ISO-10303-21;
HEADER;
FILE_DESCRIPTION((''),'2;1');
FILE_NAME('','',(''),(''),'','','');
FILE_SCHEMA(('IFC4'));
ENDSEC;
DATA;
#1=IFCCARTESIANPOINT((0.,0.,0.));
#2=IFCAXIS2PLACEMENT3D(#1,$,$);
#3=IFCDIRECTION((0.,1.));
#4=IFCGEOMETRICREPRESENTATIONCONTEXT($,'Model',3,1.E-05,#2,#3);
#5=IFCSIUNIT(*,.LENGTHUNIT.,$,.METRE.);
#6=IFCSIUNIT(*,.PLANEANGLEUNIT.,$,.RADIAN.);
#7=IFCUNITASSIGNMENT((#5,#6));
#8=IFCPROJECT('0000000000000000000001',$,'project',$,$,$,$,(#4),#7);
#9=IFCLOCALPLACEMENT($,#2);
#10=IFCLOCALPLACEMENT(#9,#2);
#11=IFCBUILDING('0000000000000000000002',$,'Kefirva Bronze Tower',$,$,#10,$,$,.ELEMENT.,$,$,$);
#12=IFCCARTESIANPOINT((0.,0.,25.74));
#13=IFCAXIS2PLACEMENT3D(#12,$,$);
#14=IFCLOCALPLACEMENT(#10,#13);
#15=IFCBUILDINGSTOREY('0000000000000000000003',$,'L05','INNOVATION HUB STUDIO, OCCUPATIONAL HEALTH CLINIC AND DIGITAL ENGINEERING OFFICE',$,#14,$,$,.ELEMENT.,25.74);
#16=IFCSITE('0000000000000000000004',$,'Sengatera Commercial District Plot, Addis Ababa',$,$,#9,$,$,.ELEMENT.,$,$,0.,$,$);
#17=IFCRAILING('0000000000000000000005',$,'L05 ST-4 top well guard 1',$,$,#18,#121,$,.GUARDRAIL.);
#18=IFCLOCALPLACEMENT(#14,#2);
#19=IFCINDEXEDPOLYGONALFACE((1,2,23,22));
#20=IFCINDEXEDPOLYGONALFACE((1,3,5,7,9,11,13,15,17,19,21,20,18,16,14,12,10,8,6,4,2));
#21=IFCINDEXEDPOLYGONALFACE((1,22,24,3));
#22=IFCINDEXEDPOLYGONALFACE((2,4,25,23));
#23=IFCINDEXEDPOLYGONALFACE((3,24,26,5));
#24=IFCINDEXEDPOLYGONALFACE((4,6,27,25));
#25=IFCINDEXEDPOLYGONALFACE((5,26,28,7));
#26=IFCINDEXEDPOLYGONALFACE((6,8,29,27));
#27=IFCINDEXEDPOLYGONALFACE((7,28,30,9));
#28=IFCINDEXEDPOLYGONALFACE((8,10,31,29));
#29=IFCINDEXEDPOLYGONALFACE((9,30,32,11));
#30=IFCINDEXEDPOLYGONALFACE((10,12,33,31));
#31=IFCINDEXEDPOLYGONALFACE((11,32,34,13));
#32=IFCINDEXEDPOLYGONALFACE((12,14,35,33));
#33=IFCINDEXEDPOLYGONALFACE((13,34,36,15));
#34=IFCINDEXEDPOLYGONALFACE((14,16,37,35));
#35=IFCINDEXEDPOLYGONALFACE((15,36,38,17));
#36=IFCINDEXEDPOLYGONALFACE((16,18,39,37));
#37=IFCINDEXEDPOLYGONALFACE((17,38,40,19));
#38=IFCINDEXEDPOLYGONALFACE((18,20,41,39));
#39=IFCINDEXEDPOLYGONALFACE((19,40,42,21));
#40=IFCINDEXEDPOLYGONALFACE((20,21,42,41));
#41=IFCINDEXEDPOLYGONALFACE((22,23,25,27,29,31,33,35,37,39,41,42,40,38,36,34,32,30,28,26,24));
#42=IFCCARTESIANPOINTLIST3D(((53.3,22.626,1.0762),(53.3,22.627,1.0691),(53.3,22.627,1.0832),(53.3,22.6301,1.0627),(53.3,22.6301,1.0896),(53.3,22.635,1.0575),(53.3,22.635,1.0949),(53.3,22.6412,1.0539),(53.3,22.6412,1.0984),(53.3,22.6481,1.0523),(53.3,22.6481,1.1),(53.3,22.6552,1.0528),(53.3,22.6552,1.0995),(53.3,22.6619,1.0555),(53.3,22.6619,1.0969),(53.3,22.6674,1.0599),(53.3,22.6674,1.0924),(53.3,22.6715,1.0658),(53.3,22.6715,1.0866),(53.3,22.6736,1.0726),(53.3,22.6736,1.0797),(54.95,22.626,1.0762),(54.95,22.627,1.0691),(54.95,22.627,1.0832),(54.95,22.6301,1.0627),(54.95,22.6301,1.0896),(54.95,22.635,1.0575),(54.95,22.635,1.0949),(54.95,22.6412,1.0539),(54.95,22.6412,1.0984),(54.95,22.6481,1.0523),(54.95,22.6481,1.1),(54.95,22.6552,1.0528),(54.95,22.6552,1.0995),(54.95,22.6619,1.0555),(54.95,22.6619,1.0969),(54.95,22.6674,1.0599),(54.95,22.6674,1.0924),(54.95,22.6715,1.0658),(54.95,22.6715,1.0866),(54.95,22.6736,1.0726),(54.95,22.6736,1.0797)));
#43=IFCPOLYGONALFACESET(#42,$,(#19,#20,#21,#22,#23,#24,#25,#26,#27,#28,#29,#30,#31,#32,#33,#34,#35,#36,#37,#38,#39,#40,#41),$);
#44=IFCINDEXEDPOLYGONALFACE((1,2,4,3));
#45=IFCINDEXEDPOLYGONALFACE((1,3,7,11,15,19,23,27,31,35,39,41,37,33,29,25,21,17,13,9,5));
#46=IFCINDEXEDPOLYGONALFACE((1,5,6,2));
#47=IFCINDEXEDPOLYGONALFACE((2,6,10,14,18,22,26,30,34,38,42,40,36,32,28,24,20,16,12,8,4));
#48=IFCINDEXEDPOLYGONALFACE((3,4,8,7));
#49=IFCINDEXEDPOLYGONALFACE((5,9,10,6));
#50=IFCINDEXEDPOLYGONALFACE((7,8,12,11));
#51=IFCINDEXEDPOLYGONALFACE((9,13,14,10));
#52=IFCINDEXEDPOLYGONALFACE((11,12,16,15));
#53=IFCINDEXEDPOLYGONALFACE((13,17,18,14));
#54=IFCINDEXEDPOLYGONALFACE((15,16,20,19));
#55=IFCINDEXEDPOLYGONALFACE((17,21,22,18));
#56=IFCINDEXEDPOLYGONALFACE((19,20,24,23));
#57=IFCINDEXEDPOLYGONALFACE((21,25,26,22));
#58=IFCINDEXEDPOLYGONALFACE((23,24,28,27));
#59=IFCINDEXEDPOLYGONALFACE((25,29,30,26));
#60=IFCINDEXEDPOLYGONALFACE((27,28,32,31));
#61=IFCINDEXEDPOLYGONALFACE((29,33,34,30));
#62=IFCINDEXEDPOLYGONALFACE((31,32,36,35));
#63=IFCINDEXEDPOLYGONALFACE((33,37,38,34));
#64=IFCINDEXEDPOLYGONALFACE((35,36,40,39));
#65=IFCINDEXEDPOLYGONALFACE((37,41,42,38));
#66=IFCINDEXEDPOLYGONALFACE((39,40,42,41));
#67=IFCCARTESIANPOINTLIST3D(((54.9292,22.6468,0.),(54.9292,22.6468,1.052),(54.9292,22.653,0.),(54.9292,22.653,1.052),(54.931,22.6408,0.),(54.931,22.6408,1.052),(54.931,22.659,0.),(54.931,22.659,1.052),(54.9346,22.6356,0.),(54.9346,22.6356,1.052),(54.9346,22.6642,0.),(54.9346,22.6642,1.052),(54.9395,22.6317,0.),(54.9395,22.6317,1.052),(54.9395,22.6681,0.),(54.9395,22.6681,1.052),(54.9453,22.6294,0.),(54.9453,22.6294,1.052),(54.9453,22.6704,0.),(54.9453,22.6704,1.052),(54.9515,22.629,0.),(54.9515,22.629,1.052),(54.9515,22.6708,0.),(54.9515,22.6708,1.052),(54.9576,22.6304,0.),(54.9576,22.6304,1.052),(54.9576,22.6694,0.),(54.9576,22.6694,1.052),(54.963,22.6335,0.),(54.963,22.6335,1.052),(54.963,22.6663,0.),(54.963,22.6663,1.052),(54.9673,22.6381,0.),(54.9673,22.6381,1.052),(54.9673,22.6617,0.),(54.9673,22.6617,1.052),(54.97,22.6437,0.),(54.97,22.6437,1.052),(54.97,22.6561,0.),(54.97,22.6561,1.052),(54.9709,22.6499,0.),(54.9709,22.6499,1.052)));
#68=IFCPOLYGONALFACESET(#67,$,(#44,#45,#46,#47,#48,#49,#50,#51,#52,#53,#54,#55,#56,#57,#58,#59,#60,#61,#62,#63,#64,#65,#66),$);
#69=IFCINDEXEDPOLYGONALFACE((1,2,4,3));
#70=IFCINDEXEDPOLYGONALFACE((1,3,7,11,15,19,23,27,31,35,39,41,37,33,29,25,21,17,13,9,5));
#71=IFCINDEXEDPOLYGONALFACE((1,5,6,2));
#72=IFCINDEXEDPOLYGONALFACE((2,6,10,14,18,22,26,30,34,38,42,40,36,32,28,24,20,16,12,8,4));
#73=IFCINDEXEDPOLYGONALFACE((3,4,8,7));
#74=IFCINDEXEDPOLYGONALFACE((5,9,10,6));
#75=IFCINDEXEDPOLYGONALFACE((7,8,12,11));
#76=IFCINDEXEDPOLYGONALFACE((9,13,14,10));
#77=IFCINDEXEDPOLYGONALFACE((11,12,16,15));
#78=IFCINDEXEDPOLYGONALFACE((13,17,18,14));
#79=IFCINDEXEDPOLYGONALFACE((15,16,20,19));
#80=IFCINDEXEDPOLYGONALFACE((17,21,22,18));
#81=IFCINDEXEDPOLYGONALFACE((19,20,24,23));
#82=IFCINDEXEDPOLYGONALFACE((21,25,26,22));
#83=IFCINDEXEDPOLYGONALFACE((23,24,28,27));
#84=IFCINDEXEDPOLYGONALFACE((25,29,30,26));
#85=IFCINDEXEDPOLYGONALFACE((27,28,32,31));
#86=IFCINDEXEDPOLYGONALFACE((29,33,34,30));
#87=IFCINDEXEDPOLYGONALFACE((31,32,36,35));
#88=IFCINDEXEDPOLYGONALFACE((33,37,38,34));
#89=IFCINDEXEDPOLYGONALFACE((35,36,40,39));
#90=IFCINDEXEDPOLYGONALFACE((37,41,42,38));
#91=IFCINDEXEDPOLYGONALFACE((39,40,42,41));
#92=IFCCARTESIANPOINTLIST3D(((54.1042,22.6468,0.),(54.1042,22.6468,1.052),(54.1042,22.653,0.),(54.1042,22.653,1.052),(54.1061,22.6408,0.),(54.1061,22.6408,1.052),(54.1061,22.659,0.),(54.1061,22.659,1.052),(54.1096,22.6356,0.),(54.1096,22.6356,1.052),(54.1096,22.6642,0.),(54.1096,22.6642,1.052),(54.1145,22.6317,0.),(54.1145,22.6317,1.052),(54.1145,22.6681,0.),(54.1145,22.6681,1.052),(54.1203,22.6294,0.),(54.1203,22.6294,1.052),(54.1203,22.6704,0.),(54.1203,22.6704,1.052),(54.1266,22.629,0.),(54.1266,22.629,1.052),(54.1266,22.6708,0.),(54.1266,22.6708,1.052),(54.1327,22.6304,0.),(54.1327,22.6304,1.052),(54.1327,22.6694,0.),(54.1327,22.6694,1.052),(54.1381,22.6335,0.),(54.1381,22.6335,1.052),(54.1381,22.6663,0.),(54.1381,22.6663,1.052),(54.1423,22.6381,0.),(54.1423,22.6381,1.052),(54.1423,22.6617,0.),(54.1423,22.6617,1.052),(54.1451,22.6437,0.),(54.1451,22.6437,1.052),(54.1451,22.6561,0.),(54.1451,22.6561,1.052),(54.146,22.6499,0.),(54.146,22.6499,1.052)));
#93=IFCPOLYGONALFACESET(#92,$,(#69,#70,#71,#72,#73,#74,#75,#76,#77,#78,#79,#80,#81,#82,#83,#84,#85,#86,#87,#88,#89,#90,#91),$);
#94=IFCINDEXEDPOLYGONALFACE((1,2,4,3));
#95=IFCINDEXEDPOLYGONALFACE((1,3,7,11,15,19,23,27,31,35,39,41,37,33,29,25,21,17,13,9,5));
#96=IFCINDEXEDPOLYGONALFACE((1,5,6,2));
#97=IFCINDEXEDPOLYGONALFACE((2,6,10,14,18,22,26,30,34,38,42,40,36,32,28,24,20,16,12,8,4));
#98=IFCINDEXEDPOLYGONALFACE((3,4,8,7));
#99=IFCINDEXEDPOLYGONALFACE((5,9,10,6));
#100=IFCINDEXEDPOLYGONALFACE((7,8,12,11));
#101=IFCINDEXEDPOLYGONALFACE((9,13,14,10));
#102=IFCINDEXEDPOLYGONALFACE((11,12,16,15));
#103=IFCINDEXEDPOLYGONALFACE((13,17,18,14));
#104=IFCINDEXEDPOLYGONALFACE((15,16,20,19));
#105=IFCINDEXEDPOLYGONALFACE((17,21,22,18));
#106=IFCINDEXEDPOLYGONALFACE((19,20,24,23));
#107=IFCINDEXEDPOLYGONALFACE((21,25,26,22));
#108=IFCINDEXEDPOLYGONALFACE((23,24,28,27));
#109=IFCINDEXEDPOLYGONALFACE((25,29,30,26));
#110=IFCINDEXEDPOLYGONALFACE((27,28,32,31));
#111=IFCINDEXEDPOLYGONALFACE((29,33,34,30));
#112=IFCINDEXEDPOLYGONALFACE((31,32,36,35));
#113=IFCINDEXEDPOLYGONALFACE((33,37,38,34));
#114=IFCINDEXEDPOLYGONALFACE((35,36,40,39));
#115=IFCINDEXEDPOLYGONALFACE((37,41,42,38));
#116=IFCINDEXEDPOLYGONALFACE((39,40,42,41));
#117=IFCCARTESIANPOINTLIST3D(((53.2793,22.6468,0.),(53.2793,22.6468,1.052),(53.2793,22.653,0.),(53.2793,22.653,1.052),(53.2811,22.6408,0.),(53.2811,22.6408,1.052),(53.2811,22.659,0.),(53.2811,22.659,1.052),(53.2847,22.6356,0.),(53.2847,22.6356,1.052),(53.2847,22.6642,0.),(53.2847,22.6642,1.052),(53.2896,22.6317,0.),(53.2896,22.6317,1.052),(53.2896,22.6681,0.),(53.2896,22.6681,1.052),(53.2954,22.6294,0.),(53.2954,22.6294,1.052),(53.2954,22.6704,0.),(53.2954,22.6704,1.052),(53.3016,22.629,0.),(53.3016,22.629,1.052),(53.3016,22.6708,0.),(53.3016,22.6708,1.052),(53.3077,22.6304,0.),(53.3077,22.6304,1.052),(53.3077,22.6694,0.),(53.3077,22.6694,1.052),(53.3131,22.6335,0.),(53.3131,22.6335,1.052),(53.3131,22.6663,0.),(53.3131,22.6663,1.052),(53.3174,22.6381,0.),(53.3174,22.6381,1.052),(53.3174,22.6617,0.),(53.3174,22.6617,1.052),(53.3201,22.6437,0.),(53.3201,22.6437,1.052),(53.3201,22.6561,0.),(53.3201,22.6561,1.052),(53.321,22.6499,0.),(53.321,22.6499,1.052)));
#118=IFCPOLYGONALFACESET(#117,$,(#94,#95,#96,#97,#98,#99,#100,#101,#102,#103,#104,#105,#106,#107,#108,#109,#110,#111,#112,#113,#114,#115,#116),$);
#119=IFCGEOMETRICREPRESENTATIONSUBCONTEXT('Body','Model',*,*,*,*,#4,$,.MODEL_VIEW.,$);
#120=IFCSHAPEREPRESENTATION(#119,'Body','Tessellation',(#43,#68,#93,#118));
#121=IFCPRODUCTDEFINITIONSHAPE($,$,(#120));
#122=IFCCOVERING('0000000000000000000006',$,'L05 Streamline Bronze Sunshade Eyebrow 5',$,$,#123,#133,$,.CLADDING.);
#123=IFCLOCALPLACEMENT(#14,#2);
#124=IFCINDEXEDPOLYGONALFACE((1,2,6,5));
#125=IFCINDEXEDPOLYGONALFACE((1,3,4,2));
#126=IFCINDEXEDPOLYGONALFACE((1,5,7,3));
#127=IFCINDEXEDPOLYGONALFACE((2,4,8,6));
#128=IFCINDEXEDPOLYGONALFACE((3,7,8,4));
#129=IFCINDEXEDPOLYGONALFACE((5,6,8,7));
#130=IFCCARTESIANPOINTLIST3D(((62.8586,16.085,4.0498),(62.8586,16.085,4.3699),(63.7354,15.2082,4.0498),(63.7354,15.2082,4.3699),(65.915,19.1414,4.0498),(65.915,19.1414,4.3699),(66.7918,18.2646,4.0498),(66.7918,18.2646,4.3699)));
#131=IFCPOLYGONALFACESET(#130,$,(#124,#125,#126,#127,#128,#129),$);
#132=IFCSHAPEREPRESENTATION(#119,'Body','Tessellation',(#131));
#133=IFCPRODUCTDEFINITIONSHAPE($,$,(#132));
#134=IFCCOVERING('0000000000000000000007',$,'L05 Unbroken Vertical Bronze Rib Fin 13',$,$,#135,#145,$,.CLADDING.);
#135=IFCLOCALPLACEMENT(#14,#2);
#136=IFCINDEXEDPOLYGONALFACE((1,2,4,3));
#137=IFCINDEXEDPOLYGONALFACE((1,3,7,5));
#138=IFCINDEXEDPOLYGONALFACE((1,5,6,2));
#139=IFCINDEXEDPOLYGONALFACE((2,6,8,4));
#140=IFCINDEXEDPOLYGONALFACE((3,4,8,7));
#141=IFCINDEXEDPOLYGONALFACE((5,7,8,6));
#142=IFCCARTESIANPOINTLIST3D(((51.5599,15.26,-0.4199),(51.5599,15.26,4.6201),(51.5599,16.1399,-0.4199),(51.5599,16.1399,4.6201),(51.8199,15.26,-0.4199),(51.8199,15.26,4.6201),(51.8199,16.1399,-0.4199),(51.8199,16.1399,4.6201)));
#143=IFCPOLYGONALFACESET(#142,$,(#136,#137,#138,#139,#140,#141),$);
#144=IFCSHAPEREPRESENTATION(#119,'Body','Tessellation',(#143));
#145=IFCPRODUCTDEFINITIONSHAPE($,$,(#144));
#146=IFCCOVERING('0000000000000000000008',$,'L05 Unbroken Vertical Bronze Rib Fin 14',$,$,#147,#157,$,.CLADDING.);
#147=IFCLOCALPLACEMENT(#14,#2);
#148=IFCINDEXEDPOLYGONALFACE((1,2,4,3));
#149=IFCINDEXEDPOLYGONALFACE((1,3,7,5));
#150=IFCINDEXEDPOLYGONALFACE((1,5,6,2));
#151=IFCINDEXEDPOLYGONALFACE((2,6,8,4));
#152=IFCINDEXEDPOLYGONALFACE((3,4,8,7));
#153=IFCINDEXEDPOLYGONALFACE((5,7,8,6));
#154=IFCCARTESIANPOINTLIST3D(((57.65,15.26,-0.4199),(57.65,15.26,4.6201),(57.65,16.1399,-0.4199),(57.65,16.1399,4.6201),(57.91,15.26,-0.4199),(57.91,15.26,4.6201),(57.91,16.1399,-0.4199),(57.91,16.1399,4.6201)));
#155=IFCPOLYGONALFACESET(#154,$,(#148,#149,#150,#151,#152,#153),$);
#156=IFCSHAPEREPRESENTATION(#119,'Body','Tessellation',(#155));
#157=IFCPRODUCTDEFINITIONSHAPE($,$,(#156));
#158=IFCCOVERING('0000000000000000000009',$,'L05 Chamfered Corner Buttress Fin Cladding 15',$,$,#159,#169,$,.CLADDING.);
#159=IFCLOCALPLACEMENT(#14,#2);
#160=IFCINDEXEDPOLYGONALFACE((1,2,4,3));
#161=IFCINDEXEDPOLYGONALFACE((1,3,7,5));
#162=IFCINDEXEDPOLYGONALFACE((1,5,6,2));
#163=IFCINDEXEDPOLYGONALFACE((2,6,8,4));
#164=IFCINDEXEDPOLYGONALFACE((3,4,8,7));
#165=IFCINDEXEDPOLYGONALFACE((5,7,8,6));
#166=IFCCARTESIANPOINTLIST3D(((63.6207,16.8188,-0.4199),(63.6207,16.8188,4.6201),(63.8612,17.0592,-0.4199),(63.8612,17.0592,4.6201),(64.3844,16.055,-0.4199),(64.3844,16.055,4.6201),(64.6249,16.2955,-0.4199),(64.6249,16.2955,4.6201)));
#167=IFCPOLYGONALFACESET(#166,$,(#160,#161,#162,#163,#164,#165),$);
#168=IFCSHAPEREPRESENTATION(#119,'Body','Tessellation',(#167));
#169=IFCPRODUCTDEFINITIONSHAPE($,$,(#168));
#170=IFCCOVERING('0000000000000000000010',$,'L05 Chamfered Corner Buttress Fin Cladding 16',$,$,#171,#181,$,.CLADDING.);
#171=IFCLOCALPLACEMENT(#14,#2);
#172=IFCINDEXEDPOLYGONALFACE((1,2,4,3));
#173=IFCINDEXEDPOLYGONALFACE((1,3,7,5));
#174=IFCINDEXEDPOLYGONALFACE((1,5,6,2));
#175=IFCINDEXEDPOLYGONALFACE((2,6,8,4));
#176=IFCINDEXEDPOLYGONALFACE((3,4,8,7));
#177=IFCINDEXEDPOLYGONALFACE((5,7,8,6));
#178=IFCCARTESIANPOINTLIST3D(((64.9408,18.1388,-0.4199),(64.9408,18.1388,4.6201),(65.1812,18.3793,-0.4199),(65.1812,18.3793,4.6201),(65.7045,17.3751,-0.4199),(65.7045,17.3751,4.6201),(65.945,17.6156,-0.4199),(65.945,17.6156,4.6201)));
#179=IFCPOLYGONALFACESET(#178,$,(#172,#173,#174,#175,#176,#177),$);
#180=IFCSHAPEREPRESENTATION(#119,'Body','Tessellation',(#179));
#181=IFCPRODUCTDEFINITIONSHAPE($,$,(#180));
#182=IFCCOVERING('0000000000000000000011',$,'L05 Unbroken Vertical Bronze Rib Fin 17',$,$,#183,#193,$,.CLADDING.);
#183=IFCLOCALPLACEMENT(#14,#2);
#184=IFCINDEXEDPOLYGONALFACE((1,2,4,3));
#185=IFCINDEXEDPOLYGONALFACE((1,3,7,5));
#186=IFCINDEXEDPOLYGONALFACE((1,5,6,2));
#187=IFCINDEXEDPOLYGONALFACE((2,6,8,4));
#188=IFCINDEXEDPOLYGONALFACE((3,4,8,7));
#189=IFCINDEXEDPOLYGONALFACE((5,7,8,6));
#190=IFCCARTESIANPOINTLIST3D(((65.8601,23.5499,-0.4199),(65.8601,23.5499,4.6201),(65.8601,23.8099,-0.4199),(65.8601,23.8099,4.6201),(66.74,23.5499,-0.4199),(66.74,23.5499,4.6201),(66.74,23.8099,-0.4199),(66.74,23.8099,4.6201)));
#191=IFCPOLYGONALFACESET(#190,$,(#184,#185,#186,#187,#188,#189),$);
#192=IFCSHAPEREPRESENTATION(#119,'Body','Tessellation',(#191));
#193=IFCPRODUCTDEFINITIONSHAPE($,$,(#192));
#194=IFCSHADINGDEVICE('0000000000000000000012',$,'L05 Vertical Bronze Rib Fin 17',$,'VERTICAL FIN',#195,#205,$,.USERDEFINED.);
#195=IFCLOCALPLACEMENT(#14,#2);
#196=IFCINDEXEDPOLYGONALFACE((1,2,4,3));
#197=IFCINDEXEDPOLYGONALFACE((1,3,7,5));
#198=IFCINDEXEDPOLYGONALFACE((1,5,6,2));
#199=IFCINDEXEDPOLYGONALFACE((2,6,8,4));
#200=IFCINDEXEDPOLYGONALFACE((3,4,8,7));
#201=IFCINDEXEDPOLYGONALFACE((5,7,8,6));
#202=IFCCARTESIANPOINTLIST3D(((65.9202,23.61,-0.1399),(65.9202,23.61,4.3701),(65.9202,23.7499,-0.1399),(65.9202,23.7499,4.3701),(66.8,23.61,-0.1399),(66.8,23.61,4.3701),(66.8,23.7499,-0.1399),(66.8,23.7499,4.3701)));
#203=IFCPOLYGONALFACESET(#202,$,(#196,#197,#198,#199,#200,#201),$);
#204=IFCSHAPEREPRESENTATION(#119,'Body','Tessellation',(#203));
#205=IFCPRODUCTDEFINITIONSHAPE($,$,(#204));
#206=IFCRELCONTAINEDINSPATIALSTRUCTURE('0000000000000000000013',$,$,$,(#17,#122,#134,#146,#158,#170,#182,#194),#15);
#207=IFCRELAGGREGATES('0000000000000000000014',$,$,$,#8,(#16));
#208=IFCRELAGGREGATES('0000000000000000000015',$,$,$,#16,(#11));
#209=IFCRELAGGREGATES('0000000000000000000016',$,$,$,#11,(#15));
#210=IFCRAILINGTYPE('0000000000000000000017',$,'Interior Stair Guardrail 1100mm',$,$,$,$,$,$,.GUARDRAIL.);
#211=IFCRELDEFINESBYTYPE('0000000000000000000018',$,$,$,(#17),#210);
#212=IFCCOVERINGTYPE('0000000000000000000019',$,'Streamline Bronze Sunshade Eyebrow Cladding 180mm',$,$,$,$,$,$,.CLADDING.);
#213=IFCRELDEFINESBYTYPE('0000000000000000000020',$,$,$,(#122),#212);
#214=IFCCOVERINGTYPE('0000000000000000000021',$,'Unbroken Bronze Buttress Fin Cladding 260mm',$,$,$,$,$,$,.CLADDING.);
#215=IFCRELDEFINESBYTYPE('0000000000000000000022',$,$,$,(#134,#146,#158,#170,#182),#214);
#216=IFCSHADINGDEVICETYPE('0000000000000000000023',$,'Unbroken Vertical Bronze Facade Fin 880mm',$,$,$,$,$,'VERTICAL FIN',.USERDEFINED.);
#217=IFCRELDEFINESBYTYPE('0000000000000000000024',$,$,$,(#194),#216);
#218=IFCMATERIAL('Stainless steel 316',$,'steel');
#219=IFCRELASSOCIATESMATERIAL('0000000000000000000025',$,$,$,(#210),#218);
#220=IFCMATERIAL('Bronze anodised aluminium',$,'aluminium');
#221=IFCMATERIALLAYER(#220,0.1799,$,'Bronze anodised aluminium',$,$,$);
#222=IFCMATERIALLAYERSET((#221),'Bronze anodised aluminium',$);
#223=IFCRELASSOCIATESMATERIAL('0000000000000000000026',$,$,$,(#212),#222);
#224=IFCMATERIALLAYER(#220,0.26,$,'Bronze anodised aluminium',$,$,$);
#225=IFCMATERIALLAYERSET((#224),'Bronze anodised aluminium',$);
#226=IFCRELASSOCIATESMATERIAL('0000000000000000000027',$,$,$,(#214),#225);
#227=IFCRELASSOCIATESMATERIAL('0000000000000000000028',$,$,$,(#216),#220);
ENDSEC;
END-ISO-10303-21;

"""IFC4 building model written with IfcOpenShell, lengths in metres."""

from ifc_helpers import new_model, si_unit, direction, frame, origin, origin_2d, place, context, subcontext, project, spatial, rectangle, circle, extrude, material, layer, layer_set, material_profile, profile_set, type_object, element, save


model = new_model("IFC4")

# Units and contexts
model_context = context("Model", 3, precision=1e-05, world=origin(), true_north=direction((0.0, 1.0)))
body_context = subcontext(model_context, "Body", "Model", "MODEL_VIEW")
ifc_project = project(units=[si_unit("LENGTHUNIT", "METRE"), si_unit("PLANEANGLEUNIT", "RADIAN")], contexts=[model_context])

# Site, building, storey
site_placement = place(None, origin())
site = spatial("IfcSite", under=ifc_project, at=site_placement, Name="Sengatera Commercial District Plot, Addis Ababa", CompositionType="ELEMENT", RefElevation=0.0)
building_placement = place(site_placement, origin())
building = spatial("IfcBuilding", under=site, at=building_placement, Name="Kefirva Bronze Tower", CompositionType="ELEMENT")
storey_placement = place(building_placement, frame((0.0, 0.0, 25.74)))
storey = spatial("IfcBuildingStorey", under=building, at=storey_placement, Name="L05", Description="INNOVATION HUB STUDIO, OCCUPATIONAL HEALTH CLINIC AND DIGITAL ENGINEERING OFFICE", CompositionType="ELEMENT", Elevation=25.74)

# Shared definitions
ifc_material_1 = material(Name="Bronze anodised aluminium", Category="aluminium")

# Railing
ifc_material_2 = material(Name="Stainless steel 316", Category="steel")
railing_type = type_object("IfcRailingType", Name="Interior Stair Guardrail 1100mm", PredefinedType="GUARDRAIL", material=ifc_material_2)
railing_placement = place(storey_placement, frame((54.95, 22.6499, 0.0)))
element("IfcRailing", 1, at=railing_placement, inside=storey, type_object=railing_type, Name="L05 ST-4 top well guard 1", PredefinedType="GUARDRAIL", context=body_context, shape_type="SweptSolid", body=[
    extrude(circle(Radius=0.0239, at=origin_2d()), frame((0.0, 0.0, 1.0762), z_axis=(-1.0, 0.0, 0.0), x_axis=(0.0, -1.0, 0.0)), (0.0, 0.0, 1.0), 1.6499),
    extrude(circle(Radius=0.021, at=origin_2d()), origin(), (0.0, 0.0, 1.0), 1.052),
    extrude(circle(Radius=0.021, at=origin_2d()), frame((-0.825, 0.0, 0.0)), (0.0, 0.0, 1.0), 1.052),
    extrude(circle(Radius=0.021, at=origin_2d()), frame((-1.6499, 0.0, 0.0)), (0.0, 0.0, 1.0), 1.052),
])

# Coverings
ifc_layer_1 = layer(ifc_material_1, 0.1799, Name="Bronze anodised aluminium")
ifc_layer_set_1 = layer_set([ifc_layer_1], Name="Bronze anodised aluminium")
covering_type_1 = type_object("IfcCoveringType", Name="Streamline Bronze Sunshade Eyebrow Cladding 180mm", PredefinedType="CLADDING", material=ifc_layer_set_1)
covering_1_placement = place(storey_placement, frame((64.8252, 17.1748, 4.0498), z_axis=(0.0, 0.0, 1.0), x_axis=(0.707107, 0.707107, 0.0)))
element("IfcCovering", 2, at=covering_1_placement, inside=storey, type_object=covering_type_1, Name="L05 Streamline Bronze Sunshade Eyebrow 5", PredefinedType="CLADDING", context=body_context, shape_type="SweptSolid", body=[
    extrude(rectangle(XDim=4.3225, YDim=1.24, at=origin_2d()), origin(), (0.0, 0.0, 1.0), 0.3201),
])
ifc_layer_2 = layer(ifc_material_1, 0.26, Name="Bronze anodised aluminium")
ifc_layer_set_2 = layer_set([ifc_layer_2], Name="Bronze anodised aluminium")
covering_type_2 = type_object("IfcCoveringType", Name="Unbroken Bronze Buttress Fin Cladding 260mm", PredefinedType="CLADDING", material=ifc_layer_set_2)
for number, where, z_axis, x_axis, name in (
    (3, (51.6899, 15.7, -0.4199), (0.0, 0.0, 1.0), (1.0, 0.0, 0.0), "L05 Unbroken Vertical Bronze Rib Fin 13"),
    (4, (57.78, 15.7, -0.4199), (0.0, 0.0, 1.0), (1.0, 0.0, 0.0), "L05 Unbroken Vertical Bronze Rib Fin 14"),
):
    element("IfcCovering", number, at=place(storey_placement, frame(where, z_axis=z_axis, x_axis=x_axis)), inside=storey, type_object=covering_type_2, Name=name, PredefinedType="CLADDING", context=body_context, shape_type="SweptSolid", body=[
        extrude(rectangle(XDim=0.26, YDim=0.8799, at=origin_2d()), origin(), (0.0, 0.0, 1.0), 5.04),
    ])
for number, where, z_axis, x_axis, name in (
    (5, (64.1228, 16.5571, -0.4199), (0.0, 0.0, 1.0), (0.707107, 0.707107, 0.0), "L05 Chamfered Corner Buttress Fin Cladding 15"),
    (6, (65.4429, 17.8772, -0.4199), (0.0, 0.0, 1.0), (0.707107, 0.707107, 0.0), "L05 Chamfered Corner Buttress Fin Cladding 16"),
):
    element("IfcCovering", number, at=place(storey_placement, frame(where, z_axis=z_axis, x_axis=x_axis)), inside=storey, type_object=covering_type_2, Name=name, PredefinedType="CLADDING", context=body_context, shape_type="SweptSolid", body=[
        extrude(rectangle(XDim=0.3401, YDim=1.0801, at=origin_2d()), origin(), (0.0, 0.0, 1.0), 5.04),
    ])
covering_2_placement = place(storey_placement, frame((66.3, 23.6799, -0.4199), z_axis=(0.0, 0.0, 1.0), x_axis=(0.0, 1.0, 0.0)))
element("IfcCovering", 7, at=covering_2_placement, inside=storey, type_object=covering_type_2, Name="L05 Unbroken Vertical Bronze Rib Fin 17", PredefinedType="CLADDING", context=body_context, shape_type="SweptSolid", body=[
    extrude(rectangle(XDim=0.26, YDim=0.8799, at=origin_2d()), origin(), (0.0, 0.0, 1.0), 5.04),
])

# Shading device
ifc_material_profile_1 = material_profile(ifc_material_1, rectangle(XDim=0.1399, YDim=0.8799, at=origin_2d()), Name="BRONZE FIN 140x880")
ifc_profile_set_1 = profile_set([ifc_material_profile_1], Name="Bronze anodised aluminium")
shading_device_type_1 = type_object("IfcShadingDeviceType", Name="Unbroken Vertical Bronze Facade Fin 880mm", ElementType="VERTICAL FIN", PredefinedType="USERDEFINED", material=ifc_profile_set_1)
shading_device_1_placement = place(storey_placement, frame((66.3601, 23.6799, -0.1399), z_axis=(0.0, 0.0, 1.0), x_axis=(0.0, 1.0, 0.0)))
element("IfcShadingDevice", 8, at=shading_device_1_placement, inside=storey, type_object=shading_device_type_1, Name="L05 Vertical Bronze Rib Fin 17", ObjectType="VERTICAL FIN", PredefinedType="USERDEFINED", context=body_context, shape_type="SweptSolid", body=[
    extrude(rectangle(XDim=0.1399, YDim=0.8799, at=origin_2d()), origin(), (0.0, 0.0, 1.0), 4.51),
])

save(model, "model.ifc")
